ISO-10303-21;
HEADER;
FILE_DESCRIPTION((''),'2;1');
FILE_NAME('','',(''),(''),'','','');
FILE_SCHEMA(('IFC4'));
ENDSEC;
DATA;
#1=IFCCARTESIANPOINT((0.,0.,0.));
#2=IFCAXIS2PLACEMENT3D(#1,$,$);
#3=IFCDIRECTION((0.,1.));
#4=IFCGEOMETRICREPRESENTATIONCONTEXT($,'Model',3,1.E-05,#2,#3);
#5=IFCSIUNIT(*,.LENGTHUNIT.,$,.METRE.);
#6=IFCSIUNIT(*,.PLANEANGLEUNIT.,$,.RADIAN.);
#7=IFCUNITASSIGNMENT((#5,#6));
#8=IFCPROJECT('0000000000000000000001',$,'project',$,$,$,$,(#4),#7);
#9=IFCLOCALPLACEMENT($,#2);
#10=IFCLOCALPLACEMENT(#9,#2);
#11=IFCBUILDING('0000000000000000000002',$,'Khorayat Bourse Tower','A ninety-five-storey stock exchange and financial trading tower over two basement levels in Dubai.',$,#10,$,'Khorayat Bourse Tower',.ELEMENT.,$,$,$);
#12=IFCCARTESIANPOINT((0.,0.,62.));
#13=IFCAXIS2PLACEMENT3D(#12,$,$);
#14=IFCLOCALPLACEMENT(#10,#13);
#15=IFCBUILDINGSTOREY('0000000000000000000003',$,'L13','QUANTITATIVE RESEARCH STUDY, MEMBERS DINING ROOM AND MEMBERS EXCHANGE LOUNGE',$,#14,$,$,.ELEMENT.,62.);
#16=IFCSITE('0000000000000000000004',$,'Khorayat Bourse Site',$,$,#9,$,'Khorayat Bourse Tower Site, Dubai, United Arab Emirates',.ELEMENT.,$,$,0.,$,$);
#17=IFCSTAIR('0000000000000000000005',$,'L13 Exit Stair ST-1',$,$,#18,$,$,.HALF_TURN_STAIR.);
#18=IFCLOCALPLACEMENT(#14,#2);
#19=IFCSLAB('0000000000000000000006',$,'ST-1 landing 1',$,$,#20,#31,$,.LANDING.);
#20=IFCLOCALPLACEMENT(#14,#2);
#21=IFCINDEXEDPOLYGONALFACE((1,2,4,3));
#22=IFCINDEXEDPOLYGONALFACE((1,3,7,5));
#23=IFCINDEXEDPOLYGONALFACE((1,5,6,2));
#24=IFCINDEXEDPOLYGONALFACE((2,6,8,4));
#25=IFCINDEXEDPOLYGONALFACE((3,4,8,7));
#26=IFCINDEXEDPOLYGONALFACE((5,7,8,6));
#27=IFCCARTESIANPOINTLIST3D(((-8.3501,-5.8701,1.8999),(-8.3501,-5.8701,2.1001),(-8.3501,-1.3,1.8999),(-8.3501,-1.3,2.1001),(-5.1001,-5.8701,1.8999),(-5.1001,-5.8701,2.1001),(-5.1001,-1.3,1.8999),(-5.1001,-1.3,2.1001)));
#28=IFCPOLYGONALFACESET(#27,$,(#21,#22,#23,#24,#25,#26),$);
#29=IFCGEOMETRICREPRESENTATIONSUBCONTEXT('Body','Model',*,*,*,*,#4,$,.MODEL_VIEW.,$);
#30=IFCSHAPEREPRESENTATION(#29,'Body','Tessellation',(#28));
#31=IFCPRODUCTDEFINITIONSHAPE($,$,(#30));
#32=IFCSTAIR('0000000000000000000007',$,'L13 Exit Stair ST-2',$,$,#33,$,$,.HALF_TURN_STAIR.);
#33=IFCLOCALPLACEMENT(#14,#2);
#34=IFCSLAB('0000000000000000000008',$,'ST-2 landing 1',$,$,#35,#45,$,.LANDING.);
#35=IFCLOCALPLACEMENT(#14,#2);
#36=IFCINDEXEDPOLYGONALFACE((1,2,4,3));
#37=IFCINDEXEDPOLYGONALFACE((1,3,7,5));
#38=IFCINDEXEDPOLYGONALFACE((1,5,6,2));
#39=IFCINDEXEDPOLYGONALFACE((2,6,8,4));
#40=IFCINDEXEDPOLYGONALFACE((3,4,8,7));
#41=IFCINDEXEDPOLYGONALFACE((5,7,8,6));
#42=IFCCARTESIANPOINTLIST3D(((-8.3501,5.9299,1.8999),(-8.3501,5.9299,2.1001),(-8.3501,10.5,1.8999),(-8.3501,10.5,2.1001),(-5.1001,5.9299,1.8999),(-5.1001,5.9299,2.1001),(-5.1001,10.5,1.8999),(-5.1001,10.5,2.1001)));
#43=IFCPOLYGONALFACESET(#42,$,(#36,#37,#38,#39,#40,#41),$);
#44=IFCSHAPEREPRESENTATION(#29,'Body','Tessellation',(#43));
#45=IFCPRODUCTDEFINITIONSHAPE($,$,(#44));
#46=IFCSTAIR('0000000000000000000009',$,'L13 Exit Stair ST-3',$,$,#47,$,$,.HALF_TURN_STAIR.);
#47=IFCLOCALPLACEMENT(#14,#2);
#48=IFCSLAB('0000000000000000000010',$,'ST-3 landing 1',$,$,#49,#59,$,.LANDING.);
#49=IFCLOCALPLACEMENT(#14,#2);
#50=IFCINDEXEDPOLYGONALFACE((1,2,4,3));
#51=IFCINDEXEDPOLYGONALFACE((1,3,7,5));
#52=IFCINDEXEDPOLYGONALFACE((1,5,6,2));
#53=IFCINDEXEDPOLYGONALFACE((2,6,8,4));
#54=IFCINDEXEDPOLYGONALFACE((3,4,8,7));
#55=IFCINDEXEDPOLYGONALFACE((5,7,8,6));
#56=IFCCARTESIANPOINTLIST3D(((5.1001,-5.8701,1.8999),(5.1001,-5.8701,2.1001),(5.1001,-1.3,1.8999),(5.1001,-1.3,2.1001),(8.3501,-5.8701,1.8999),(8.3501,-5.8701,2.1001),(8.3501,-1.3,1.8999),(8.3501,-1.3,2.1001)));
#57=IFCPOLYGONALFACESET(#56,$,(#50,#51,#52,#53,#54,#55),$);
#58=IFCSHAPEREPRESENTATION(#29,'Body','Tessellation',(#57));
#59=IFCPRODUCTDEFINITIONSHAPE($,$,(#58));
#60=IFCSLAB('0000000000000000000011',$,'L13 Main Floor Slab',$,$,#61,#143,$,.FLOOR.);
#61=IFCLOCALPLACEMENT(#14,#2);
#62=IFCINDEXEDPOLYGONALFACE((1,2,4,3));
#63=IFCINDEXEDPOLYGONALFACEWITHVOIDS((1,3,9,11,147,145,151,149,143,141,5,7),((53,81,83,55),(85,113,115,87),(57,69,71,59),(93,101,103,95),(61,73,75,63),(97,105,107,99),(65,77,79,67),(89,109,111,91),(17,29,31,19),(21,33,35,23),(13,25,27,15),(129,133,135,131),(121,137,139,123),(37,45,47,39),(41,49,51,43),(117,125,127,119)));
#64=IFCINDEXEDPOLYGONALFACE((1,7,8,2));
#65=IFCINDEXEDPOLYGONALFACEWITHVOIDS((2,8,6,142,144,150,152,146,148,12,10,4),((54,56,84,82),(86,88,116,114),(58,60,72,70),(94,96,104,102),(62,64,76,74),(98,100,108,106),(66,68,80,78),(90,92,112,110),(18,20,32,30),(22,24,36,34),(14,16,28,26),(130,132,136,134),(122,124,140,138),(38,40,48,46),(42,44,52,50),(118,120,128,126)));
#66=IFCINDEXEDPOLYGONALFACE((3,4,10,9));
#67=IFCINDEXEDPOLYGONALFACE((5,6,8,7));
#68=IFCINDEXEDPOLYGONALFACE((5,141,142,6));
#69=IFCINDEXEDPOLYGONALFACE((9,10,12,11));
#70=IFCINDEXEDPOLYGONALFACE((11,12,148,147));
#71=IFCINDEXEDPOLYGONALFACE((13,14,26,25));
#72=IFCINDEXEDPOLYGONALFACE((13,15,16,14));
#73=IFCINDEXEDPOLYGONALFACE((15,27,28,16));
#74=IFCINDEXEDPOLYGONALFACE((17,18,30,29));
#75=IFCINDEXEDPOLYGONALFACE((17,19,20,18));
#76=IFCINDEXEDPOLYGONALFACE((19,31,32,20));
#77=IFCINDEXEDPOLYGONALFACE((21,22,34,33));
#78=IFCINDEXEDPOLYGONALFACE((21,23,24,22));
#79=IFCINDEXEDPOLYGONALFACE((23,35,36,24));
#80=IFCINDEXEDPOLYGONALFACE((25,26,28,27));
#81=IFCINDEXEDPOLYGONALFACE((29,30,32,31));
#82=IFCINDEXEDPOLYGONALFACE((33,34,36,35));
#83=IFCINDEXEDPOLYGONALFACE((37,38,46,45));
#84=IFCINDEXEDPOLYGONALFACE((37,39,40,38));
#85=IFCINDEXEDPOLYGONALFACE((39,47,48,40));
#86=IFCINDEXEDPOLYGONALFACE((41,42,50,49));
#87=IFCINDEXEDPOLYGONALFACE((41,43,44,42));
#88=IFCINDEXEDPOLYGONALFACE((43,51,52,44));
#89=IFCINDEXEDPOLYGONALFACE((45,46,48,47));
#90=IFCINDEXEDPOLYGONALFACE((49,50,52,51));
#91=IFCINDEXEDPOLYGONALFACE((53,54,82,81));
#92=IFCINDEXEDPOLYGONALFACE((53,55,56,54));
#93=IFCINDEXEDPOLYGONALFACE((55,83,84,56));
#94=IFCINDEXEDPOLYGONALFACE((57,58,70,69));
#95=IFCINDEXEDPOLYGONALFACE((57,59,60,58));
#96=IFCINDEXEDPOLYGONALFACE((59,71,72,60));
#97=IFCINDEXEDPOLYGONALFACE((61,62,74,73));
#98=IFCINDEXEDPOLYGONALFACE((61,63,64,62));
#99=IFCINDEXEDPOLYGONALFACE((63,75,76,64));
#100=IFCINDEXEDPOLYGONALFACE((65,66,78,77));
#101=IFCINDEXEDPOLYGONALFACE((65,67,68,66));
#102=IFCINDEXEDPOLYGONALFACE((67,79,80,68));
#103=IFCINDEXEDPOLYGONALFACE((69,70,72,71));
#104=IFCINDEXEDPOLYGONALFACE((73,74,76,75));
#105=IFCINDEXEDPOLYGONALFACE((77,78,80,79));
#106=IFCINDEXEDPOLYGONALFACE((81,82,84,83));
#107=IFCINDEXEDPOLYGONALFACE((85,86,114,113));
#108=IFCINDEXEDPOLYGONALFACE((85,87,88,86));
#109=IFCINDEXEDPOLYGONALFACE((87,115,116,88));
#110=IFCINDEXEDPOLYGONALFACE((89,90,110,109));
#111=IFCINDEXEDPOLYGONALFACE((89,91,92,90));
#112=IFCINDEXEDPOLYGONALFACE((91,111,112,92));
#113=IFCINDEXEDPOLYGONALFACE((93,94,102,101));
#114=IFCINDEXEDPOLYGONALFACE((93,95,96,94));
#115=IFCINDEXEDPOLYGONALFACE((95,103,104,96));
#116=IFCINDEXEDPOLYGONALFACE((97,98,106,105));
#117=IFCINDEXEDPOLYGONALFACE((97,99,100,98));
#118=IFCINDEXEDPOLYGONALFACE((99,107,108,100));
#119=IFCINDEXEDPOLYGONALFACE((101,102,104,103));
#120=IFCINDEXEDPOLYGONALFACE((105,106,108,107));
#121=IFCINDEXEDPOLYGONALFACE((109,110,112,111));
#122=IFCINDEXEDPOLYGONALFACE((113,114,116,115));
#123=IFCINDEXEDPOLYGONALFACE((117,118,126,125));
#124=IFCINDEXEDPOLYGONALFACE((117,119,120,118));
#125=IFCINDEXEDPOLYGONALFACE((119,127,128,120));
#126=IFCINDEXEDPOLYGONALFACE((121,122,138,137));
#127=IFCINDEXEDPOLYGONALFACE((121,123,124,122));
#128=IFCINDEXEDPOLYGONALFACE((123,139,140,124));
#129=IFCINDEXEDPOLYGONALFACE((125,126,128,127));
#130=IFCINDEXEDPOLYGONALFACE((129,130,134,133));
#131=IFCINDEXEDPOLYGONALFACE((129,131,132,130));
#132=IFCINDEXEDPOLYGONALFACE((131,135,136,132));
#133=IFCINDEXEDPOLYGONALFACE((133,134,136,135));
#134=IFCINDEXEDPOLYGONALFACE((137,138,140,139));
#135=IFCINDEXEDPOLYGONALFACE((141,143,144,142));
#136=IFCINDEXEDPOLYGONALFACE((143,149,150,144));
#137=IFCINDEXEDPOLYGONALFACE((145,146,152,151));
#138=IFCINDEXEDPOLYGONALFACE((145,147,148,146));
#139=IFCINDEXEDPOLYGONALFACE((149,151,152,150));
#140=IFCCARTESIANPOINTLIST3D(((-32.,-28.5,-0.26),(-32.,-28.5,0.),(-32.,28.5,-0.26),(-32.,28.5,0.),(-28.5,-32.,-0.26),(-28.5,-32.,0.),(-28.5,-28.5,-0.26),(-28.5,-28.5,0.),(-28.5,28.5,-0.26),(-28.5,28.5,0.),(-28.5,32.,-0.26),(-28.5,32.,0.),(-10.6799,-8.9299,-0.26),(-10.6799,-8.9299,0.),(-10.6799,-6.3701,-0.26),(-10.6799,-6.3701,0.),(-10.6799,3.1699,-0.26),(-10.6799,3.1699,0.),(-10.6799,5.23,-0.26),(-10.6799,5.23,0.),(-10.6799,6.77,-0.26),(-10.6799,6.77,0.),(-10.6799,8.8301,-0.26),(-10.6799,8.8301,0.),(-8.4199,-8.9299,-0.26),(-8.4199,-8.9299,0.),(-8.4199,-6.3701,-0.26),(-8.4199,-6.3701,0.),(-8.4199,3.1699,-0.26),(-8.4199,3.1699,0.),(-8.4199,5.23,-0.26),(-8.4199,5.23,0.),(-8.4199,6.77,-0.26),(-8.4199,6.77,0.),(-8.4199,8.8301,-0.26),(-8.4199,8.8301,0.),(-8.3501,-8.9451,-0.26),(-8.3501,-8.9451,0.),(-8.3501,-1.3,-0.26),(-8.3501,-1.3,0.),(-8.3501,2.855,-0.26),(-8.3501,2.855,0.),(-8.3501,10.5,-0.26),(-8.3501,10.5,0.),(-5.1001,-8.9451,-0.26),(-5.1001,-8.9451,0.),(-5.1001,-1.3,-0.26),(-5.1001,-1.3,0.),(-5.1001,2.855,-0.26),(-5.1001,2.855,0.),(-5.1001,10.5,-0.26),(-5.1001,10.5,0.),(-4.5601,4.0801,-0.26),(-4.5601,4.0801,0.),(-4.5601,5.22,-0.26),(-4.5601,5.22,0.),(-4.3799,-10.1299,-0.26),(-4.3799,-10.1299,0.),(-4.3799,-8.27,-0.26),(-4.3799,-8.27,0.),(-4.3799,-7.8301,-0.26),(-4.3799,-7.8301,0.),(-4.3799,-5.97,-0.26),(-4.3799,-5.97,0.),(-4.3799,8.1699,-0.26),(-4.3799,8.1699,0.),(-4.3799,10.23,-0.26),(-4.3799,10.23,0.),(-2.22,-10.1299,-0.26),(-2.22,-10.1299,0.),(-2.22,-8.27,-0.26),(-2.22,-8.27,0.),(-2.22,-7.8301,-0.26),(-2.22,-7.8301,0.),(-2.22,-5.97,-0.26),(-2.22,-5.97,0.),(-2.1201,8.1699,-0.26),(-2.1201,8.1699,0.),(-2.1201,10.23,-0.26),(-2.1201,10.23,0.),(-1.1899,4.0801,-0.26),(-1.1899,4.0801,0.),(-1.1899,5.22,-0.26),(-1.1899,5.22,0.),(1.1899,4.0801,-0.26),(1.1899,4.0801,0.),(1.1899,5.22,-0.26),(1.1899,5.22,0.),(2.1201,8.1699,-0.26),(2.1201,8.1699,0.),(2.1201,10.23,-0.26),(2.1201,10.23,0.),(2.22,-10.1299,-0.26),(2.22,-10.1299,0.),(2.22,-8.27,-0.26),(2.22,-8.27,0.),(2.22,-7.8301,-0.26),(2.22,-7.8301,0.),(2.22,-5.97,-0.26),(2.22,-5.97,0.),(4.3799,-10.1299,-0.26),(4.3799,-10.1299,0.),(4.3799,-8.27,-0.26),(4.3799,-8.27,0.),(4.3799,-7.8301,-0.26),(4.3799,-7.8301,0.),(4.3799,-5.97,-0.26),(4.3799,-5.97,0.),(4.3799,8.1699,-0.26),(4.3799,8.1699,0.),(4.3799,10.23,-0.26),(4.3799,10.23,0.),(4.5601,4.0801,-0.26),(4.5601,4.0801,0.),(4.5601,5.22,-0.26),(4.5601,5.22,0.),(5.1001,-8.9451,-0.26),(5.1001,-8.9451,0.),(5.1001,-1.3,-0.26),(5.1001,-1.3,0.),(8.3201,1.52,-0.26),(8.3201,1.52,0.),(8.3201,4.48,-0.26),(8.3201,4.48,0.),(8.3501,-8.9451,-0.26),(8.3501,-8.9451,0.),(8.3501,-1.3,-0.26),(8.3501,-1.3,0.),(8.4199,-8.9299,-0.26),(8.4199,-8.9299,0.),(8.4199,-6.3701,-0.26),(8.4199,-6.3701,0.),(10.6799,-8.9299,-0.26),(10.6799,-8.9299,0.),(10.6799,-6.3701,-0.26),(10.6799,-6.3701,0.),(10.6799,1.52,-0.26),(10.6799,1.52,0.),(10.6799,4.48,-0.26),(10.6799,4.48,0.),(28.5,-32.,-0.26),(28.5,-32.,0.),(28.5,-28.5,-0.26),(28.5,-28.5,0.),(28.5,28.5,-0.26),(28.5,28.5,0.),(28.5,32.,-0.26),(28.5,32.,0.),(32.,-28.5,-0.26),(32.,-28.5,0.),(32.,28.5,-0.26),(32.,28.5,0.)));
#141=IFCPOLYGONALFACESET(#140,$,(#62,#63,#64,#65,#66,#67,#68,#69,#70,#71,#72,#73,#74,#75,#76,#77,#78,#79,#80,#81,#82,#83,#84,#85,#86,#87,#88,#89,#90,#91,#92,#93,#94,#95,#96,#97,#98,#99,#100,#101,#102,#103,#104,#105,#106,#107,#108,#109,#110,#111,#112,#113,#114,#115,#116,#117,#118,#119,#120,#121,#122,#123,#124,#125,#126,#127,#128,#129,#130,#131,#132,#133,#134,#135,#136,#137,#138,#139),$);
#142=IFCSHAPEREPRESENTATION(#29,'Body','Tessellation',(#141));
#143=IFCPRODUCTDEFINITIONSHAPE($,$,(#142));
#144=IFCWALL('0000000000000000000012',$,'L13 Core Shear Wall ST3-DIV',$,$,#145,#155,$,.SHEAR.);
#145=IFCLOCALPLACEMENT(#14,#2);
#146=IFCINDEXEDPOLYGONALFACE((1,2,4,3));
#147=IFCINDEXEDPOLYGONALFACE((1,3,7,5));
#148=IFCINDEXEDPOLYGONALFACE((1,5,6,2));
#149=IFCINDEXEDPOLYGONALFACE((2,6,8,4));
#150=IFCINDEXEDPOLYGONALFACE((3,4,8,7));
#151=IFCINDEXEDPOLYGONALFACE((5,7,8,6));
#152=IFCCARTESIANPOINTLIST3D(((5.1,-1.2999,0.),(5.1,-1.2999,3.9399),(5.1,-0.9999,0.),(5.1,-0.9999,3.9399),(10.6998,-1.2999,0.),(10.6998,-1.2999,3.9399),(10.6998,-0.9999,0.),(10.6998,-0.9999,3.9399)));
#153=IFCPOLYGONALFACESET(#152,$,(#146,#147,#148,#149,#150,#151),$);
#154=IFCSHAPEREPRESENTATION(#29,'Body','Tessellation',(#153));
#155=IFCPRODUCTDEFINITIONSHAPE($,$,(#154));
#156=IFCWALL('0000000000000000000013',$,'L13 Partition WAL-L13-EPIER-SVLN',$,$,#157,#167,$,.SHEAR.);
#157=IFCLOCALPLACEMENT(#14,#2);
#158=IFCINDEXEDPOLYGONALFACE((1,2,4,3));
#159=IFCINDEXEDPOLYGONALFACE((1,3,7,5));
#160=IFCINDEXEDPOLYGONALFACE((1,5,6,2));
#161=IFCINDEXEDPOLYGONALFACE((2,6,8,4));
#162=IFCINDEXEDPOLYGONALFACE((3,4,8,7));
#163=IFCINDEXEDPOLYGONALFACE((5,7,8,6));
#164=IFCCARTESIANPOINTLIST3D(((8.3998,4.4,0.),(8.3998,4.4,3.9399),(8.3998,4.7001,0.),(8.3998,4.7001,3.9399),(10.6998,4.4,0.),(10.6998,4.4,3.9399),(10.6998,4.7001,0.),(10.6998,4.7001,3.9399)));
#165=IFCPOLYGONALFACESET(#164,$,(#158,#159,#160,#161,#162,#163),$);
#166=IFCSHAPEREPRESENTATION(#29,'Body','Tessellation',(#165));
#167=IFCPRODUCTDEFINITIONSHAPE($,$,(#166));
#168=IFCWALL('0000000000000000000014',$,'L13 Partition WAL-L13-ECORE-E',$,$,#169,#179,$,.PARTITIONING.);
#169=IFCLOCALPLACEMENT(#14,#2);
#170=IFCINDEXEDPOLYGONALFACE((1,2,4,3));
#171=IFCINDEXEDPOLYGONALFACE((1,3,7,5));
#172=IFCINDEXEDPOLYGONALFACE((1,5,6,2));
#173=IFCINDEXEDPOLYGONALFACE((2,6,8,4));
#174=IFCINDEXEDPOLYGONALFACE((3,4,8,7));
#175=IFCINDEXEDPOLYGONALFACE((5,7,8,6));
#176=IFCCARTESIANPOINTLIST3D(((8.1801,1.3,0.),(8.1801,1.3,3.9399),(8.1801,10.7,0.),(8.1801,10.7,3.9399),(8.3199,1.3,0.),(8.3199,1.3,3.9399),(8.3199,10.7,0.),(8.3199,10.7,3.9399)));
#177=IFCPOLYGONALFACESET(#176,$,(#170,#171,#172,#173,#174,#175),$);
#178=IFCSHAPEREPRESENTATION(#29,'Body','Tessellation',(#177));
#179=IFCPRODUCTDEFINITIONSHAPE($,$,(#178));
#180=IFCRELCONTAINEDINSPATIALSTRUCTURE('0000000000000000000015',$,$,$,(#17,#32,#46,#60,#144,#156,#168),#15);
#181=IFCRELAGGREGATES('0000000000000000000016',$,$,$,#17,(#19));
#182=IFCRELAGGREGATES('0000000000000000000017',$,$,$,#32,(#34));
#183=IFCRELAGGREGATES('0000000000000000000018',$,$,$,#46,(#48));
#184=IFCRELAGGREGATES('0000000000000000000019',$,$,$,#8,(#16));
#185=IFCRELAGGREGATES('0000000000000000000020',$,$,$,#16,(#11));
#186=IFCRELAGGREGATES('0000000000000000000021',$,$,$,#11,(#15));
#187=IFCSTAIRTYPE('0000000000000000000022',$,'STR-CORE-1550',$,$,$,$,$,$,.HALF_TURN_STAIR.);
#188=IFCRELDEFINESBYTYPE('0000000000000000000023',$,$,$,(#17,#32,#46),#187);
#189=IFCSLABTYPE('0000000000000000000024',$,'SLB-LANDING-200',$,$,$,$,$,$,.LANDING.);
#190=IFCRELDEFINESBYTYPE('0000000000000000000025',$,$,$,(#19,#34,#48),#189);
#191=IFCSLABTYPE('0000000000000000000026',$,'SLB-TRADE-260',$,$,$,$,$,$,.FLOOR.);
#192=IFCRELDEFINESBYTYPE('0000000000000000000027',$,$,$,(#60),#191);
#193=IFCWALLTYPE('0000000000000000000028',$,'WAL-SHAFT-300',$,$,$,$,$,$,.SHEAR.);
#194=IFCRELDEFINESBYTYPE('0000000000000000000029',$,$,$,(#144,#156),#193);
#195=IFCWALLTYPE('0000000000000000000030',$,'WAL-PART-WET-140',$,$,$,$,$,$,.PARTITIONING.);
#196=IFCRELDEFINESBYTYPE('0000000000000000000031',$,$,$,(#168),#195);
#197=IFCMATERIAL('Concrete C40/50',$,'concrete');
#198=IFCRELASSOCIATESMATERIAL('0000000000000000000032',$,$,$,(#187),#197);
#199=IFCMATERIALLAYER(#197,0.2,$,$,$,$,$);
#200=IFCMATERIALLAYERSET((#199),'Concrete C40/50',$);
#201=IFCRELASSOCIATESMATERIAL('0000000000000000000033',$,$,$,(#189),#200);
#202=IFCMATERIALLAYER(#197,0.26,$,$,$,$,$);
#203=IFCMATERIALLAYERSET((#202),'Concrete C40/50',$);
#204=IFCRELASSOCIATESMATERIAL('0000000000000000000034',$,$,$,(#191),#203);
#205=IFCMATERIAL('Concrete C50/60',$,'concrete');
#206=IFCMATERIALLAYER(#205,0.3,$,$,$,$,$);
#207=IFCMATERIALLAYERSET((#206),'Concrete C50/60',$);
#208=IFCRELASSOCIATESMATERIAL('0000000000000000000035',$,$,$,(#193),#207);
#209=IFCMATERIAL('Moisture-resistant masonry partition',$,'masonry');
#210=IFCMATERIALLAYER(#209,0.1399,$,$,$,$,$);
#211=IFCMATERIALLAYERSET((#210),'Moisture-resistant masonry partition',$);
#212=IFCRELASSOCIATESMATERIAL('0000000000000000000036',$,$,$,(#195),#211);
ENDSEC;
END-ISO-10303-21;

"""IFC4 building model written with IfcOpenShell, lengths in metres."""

from ifc_helpers import new_model, si_unit, direction, frame, frame_2d, origin, place, context, subcontext, project, spatial, polyline, rectangle, outline, extrude, source, transform, mapped, material, layer, layer_set, type_object, element, aggregate, save


model = new_model("IFC4")

# Units and contexts
model_context = context("Model", 3, precision=1e-05, world=origin(), true_north=direction((0.0, 1.0)))
body_context = subcontext(model_context, "Body", "Model", "MODEL_VIEW")
ifc_project = project(units=[si_unit("LENGTHUNIT", "METRE"), si_unit("PLANEANGLEUNIT", "RADIAN")], contexts=[model_context])

# Site, building, storey
site_placement = place(None, origin())
site = spatial("IfcSite", under=ifc_project, at=site_placement, Name="Khorayat Bourse Site", LongName="Khorayat Bourse Tower Site, Dubai, United Arab Emirates", CompositionType="ELEMENT", RefElevation=0.0)
building_placement = place(site_placement, origin())
building = spatial("IfcBuilding", under=site, at=building_placement, Name="Khorayat Bourse Tower", Description="A ninety-five-storey stock exchange and financial trading tower over two basement levels in Dubai.", LongName="Khorayat Bourse Tower", CompositionType="ELEMENT")
storey_placement = place(building_placement, frame((0.0, 0.0, 62.0)))
storey = spatial("IfcBuildingStorey", under=building, at=storey_placement, Name="L13", Description="QUANTITATIVE RESEARCH STUDY, MEMBERS DINING ROOM AND MEMBERS EXCHANGE LOUNGE", CompositionType="ELEMENT", Elevation=62.0)

# Stairs, slabs
ifc_material_1 = material(Name="Concrete C40/50", Category="concrete")
stair_type = type_object("IfcStairType", Name="STR-CORE-1550", PredefinedType="HALF_TURN_STAIR", material=ifc_material_1)
stair_1_placement = place(storey_placement, origin())
stair_1 = element("IfcStair", 1, at=stair_1_placement, inside=storey, type_object=stair_type, Name="L13 Exit Stair ST-1", PredefinedType="HALF_TURN_STAIR")
ifc_layer_1 = layer(ifc_material_1, 0.2)
ifc_layer_set_1 = layer_set([ifc_layer_1], Name="Concrete C40/50")
slab_type_1 = type_object("IfcSlabType", Name="SLB-LANDING-200", PredefinedType="LANDING", material=ifc_layer_set_1)
slab_1_placement = place(storey_placement, frame((0.0, 0.0, 1.8999)))
slab_1 = element("IfcSlab", 2, at=slab_1_placement, type_object=slab_type_1, Name="ST-1 landing 1", PredefinedType="LANDING", context=body_context, shape_type="SweptSolid", body=[
    extrude(outline(polyline([(-5.1001, -5.8701), (-5.1001, -1.3), (-8.3501, -1.3), (-8.3501, -5.8701), (-5.1001, -5.8701)])), origin(), (0.0, 0.0, 1.0), 0.2002),
])
aggregate(stair_1, [slab_1])
stair_2_placement = place(storey_placement, origin())
stair_2 = element("IfcStair", 3, at=stair_2_placement, inside=storey, type_object=stair_type, Name="L13 Exit Stair ST-2", PredefinedType="HALF_TURN_STAIR")
slab_2_placement = place(storey_placement, frame((0.0, 0.0, 1.8999)))
slab_2 = element("IfcSlab", 4, at=slab_2_placement, type_object=slab_type_1, Name="ST-2 landing 1", PredefinedType="LANDING", context=body_context, shape_type="SweptSolid", body=[
    extrude(outline(polyline([(-5.1001, 5.9299), (-5.1001, 10.5), (-8.3501, 10.5), (-8.3501, 5.9299), (-5.1001, 5.9299)])), origin(), (0.0, 0.0, 1.0), 0.2002),
])
aggregate(stair_2, [slab_2])
stair_3_placement = place(storey_placement, origin())
stair_3 = element("IfcStair", 5, at=stair_3_placement, inside=storey, type_object=stair_type, Name="L13 Exit Stair ST-3", PredefinedType="HALF_TURN_STAIR")
slab_3_placement = place(storey_placement, frame((0.0, 0.0, 1.8999)))
slab_3 = element("IfcSlab", 6, at=slab_3_placement, type_object=slab_type_1, Name="ST-3 landing 1", PredefinedType="LANDING", context=body_context, shape_type="SweptSolid", body=[
    extrude(outline(polyline([(8.3501, -5.8701), (8.3501, -1.3), (5.1001, -1.3), (5.1001, -5.8701), (8.3501, -5.8701)])), origin(), (0.0, 0.0, 1.0), 0.2002),
])
aggregate(stair_3, [slab_3])

# Slab
ifc_layer_2 = layer(ifc_material_1, 0.26)
ifc_layer_set_2 = layer_set([ifc_layer_2], Name="Concrete C40/50")
slab_type_2 = type_object("IfcSlabType", Name="SLB-TRADE-260", PredefinedType="FLOOR", material=ifc_layer_set_2)
slab_4_placement = place(storey_placement, frame((0.0, 0.0, -0.26)))
element("IfcSlab", 7, at=slab_4_placement, inside=storey, type_object=slab_type_2, Name="L13 Main Floor Slab", PredefinedType="FLOOR", context=body_context, shape_type="SweptSolid", body=[
    extrude(outline(polyline([(-28.5, -32.0), (28.5, -32.0), (28.5, -28.5), (32.0, -28.5), (32.0, 28.5), (28.5, 28.5), (28.5, 32.0), (-28.5, 32.0), (-28.5, 28.5), (-32.0, 28.5), (-32.0, -28.5), (-28.5, -28.5), (-28.5, -32.0)]), holes=[polyline([(-8.3501, -8.9451), (-5.1001, -8.9451), (-5.1001, -1.3), (-8.3501, -1.3), (-8.3501, -8.9451)]), polyline([(-8.3501, 2.855), (-5.1001, 2.855), (-5.1001, 10.5), (-8.3501, 10.5), (-8.3501, 2.855)]), polyline([(5.1001, -8.9451), (8.3501, -8.9451), (8.3501, -1.3), (5.1001, -1.3), (5.1001, -8.9451)]), polyline([(-4.3799, -10.1299), (-2.22, -10.1299), (-2.22, -8.27), (-4.3799, -8.27), (-4.3799, -10.1299)]), polyline([(2.22, -10.1299), (4.3799, -10.1299), (4.3799, -8.27), (2.22, -8.27), (2.22, -10.1299)]), polyline([(-4.3799, -7.8301), (-2.22, -7.8301), (-2.22, -5.97), (-4.3799, -5.97), (-4.3799, -7.8301)]), polyline([(2.22, -7.8301), (4.3799, -7.8301), (4.3799, -5.97), (2.22, -5.97), (2.22, -7.8301)]), polyline([(-4.3799, 8.1699), (-2.1201, 8.1699), (-2.1201, 10.23), (-4.3799, 10.23), (-4.3799, 8.1699)]), polyline([(2.1201, 8.1699), (4.3799, 8.1699), (4.3799, 10.23), (2.1201, 10.23), (2.1201, 8.1699)]), polyline([(-10.6799, 3.1699), (-8.4199, 3.1699), (-8.4199, 5.23), (-10.6799, 5.23), (-10.6799, 3.1699)]), polyline([(-10.6799, 6.77), (-8.4199, 6.77), (-8.4199, 8.8301), (-10.6799, 8.8301), (-10.6799, 6.77)]), polyline([(-10.6799, -8.9299), (-8.4199, -8.9299), (-8.4199, -6.3701), (-10.6799, -6.3701), (-10.6799, -8.9299)]), polyline([(8.4199, -8.9299), (10.6799, -8.9299), (10.6799, -6.3701), (8.4199, -6.3701), (8.4199, -8.9299)]), polyline([(8.3201, 1.52), (10.6799, 1.52), (10.6799, 4.48), (8.3201, 4.48), (8.3201, 1.52)]), polyline([(-4.5601, 4.0801), (-1.1899, 4.0801), (-1.1899, 5.22), (-4.5601, 5.22), (-4.5601, 4.0801)]), polyline([(1.1899, 4.0801), (4.5601, 4.0801), (4.5601, 5.22), (1.1899, 5.22), (1.1899, 4.0801)])]), origin(), (0.0, 0.0, 1.0), 0.26),
])

# Walls
ifc_material_2 = material(Name="Concrete C50/60", Category="concrete")
ifc_layer_3 = layer(ifc_material_2, 0.3)
ifc_layer_set_3 = layer_set([ifc_layer_3], Name="Concrete C50/60")
wall_type_1 = type_object("IfcWallType", Name="WAL-SHAFT-300", PredefinedType="SHEAR", material=ifc_layer_set_3)
shared_shape_1 = source(origin(), body_context, "Body", "SweptSolid", [
    extrude(rectangle(XDim=5.5999, YDim=0.3, at=frame_2d((2.7998, 0.0))), origin(), (0.0, 0.0, 1.0), 3.9399),
])
wall_1_placement = place(storey_placement, frame((5.1001, -1.1499, 0.0), z_axis=(0.0, 0.0, 1.0), x_axis=(1.0, 0.0, 0.0)))
element("IfcWall", 8, at=wall_1_placement, inside=storey, type_object=wall_type_1, Name="L13 Core Shear Wall ST3-DIV", PredefinedType="SHEAR", context=body_context, shape_type="MappedRepresentation", body=[
    mapped(shared_shape_1, transform((0.0, 0.0, 0.0), scale=1.0)),
])
shared_shape_2 = source(origin(), body_context, "Body", "SweptSolid", [
    extrude(rectangle(XDim=2.3, YDim=0.3, at=frame_2d((1.1499, 0.0))), origin(), (0.0, 0.0, 1.0), 3.9399),
])
wall_2_placement = place(storey_placement, frame((8.3999, 4.55, 0.0), z_axis=(0.0, 0.0, 1.0), x_axis=(1.0, 0.0, 0.0)))
element("IfcWall", 9, at=wall_2_placement, inside=storey, type_object=wall_type_1, Name="L13 Partition WAL-L13-EPIER-SVLN", PredefinedType="SHEAR", context=body_context, shape_type="MappedRepresentation", body=[
    mapped(shared_shape_2, transform((0.0, 0.0, 0.0), scale=1.0)),
])
ifc_material_3 = material(Name="Moisture-resistant masonry partition", Category="masonry")
ifc_layer_4 = layer(ifc_material_3, 0.1399)
ifc_layer_set_4 = layer_set([ifc_layer_4], Name="Moisture-resistant masonry partition")
wall_type_2 = type_object("IfcWallType", Name="WAL-PART-WET-140", PredefinedType="PARTITIONING", material=ifc_layer_set_4)
shared_shape_3 = source(origin(), body_context, "Body", "SweptSolid", [
    extrude(rectangle(XDim=9.3999, YDim=0.1399, at=frame_2d((4.7, 0.0))), origin(), (0.0, 0.0, 1.0), 3.9399),
])
wall_3_placement = place(storey_placement, frame((8.25, 1.3, 0.0), z_axis=(0.0, 0.0, 1.0), x_axis=(0.0, 1.0, 0.0)))
element("IfcWall", 10, at=wall_3_placement, inside=storey, type_object=wall_type_2, Name="L13 Partition WAL-L13-ECORE-E", PredefinedType="PARTITIONING", context=body_context, shape_type="MappedRepresentation", body=[
    mapped(shared_shape_3, transform((0.0, 0.0, 0.0), scale=1.0)),
])

save(model, "model.ifc")
